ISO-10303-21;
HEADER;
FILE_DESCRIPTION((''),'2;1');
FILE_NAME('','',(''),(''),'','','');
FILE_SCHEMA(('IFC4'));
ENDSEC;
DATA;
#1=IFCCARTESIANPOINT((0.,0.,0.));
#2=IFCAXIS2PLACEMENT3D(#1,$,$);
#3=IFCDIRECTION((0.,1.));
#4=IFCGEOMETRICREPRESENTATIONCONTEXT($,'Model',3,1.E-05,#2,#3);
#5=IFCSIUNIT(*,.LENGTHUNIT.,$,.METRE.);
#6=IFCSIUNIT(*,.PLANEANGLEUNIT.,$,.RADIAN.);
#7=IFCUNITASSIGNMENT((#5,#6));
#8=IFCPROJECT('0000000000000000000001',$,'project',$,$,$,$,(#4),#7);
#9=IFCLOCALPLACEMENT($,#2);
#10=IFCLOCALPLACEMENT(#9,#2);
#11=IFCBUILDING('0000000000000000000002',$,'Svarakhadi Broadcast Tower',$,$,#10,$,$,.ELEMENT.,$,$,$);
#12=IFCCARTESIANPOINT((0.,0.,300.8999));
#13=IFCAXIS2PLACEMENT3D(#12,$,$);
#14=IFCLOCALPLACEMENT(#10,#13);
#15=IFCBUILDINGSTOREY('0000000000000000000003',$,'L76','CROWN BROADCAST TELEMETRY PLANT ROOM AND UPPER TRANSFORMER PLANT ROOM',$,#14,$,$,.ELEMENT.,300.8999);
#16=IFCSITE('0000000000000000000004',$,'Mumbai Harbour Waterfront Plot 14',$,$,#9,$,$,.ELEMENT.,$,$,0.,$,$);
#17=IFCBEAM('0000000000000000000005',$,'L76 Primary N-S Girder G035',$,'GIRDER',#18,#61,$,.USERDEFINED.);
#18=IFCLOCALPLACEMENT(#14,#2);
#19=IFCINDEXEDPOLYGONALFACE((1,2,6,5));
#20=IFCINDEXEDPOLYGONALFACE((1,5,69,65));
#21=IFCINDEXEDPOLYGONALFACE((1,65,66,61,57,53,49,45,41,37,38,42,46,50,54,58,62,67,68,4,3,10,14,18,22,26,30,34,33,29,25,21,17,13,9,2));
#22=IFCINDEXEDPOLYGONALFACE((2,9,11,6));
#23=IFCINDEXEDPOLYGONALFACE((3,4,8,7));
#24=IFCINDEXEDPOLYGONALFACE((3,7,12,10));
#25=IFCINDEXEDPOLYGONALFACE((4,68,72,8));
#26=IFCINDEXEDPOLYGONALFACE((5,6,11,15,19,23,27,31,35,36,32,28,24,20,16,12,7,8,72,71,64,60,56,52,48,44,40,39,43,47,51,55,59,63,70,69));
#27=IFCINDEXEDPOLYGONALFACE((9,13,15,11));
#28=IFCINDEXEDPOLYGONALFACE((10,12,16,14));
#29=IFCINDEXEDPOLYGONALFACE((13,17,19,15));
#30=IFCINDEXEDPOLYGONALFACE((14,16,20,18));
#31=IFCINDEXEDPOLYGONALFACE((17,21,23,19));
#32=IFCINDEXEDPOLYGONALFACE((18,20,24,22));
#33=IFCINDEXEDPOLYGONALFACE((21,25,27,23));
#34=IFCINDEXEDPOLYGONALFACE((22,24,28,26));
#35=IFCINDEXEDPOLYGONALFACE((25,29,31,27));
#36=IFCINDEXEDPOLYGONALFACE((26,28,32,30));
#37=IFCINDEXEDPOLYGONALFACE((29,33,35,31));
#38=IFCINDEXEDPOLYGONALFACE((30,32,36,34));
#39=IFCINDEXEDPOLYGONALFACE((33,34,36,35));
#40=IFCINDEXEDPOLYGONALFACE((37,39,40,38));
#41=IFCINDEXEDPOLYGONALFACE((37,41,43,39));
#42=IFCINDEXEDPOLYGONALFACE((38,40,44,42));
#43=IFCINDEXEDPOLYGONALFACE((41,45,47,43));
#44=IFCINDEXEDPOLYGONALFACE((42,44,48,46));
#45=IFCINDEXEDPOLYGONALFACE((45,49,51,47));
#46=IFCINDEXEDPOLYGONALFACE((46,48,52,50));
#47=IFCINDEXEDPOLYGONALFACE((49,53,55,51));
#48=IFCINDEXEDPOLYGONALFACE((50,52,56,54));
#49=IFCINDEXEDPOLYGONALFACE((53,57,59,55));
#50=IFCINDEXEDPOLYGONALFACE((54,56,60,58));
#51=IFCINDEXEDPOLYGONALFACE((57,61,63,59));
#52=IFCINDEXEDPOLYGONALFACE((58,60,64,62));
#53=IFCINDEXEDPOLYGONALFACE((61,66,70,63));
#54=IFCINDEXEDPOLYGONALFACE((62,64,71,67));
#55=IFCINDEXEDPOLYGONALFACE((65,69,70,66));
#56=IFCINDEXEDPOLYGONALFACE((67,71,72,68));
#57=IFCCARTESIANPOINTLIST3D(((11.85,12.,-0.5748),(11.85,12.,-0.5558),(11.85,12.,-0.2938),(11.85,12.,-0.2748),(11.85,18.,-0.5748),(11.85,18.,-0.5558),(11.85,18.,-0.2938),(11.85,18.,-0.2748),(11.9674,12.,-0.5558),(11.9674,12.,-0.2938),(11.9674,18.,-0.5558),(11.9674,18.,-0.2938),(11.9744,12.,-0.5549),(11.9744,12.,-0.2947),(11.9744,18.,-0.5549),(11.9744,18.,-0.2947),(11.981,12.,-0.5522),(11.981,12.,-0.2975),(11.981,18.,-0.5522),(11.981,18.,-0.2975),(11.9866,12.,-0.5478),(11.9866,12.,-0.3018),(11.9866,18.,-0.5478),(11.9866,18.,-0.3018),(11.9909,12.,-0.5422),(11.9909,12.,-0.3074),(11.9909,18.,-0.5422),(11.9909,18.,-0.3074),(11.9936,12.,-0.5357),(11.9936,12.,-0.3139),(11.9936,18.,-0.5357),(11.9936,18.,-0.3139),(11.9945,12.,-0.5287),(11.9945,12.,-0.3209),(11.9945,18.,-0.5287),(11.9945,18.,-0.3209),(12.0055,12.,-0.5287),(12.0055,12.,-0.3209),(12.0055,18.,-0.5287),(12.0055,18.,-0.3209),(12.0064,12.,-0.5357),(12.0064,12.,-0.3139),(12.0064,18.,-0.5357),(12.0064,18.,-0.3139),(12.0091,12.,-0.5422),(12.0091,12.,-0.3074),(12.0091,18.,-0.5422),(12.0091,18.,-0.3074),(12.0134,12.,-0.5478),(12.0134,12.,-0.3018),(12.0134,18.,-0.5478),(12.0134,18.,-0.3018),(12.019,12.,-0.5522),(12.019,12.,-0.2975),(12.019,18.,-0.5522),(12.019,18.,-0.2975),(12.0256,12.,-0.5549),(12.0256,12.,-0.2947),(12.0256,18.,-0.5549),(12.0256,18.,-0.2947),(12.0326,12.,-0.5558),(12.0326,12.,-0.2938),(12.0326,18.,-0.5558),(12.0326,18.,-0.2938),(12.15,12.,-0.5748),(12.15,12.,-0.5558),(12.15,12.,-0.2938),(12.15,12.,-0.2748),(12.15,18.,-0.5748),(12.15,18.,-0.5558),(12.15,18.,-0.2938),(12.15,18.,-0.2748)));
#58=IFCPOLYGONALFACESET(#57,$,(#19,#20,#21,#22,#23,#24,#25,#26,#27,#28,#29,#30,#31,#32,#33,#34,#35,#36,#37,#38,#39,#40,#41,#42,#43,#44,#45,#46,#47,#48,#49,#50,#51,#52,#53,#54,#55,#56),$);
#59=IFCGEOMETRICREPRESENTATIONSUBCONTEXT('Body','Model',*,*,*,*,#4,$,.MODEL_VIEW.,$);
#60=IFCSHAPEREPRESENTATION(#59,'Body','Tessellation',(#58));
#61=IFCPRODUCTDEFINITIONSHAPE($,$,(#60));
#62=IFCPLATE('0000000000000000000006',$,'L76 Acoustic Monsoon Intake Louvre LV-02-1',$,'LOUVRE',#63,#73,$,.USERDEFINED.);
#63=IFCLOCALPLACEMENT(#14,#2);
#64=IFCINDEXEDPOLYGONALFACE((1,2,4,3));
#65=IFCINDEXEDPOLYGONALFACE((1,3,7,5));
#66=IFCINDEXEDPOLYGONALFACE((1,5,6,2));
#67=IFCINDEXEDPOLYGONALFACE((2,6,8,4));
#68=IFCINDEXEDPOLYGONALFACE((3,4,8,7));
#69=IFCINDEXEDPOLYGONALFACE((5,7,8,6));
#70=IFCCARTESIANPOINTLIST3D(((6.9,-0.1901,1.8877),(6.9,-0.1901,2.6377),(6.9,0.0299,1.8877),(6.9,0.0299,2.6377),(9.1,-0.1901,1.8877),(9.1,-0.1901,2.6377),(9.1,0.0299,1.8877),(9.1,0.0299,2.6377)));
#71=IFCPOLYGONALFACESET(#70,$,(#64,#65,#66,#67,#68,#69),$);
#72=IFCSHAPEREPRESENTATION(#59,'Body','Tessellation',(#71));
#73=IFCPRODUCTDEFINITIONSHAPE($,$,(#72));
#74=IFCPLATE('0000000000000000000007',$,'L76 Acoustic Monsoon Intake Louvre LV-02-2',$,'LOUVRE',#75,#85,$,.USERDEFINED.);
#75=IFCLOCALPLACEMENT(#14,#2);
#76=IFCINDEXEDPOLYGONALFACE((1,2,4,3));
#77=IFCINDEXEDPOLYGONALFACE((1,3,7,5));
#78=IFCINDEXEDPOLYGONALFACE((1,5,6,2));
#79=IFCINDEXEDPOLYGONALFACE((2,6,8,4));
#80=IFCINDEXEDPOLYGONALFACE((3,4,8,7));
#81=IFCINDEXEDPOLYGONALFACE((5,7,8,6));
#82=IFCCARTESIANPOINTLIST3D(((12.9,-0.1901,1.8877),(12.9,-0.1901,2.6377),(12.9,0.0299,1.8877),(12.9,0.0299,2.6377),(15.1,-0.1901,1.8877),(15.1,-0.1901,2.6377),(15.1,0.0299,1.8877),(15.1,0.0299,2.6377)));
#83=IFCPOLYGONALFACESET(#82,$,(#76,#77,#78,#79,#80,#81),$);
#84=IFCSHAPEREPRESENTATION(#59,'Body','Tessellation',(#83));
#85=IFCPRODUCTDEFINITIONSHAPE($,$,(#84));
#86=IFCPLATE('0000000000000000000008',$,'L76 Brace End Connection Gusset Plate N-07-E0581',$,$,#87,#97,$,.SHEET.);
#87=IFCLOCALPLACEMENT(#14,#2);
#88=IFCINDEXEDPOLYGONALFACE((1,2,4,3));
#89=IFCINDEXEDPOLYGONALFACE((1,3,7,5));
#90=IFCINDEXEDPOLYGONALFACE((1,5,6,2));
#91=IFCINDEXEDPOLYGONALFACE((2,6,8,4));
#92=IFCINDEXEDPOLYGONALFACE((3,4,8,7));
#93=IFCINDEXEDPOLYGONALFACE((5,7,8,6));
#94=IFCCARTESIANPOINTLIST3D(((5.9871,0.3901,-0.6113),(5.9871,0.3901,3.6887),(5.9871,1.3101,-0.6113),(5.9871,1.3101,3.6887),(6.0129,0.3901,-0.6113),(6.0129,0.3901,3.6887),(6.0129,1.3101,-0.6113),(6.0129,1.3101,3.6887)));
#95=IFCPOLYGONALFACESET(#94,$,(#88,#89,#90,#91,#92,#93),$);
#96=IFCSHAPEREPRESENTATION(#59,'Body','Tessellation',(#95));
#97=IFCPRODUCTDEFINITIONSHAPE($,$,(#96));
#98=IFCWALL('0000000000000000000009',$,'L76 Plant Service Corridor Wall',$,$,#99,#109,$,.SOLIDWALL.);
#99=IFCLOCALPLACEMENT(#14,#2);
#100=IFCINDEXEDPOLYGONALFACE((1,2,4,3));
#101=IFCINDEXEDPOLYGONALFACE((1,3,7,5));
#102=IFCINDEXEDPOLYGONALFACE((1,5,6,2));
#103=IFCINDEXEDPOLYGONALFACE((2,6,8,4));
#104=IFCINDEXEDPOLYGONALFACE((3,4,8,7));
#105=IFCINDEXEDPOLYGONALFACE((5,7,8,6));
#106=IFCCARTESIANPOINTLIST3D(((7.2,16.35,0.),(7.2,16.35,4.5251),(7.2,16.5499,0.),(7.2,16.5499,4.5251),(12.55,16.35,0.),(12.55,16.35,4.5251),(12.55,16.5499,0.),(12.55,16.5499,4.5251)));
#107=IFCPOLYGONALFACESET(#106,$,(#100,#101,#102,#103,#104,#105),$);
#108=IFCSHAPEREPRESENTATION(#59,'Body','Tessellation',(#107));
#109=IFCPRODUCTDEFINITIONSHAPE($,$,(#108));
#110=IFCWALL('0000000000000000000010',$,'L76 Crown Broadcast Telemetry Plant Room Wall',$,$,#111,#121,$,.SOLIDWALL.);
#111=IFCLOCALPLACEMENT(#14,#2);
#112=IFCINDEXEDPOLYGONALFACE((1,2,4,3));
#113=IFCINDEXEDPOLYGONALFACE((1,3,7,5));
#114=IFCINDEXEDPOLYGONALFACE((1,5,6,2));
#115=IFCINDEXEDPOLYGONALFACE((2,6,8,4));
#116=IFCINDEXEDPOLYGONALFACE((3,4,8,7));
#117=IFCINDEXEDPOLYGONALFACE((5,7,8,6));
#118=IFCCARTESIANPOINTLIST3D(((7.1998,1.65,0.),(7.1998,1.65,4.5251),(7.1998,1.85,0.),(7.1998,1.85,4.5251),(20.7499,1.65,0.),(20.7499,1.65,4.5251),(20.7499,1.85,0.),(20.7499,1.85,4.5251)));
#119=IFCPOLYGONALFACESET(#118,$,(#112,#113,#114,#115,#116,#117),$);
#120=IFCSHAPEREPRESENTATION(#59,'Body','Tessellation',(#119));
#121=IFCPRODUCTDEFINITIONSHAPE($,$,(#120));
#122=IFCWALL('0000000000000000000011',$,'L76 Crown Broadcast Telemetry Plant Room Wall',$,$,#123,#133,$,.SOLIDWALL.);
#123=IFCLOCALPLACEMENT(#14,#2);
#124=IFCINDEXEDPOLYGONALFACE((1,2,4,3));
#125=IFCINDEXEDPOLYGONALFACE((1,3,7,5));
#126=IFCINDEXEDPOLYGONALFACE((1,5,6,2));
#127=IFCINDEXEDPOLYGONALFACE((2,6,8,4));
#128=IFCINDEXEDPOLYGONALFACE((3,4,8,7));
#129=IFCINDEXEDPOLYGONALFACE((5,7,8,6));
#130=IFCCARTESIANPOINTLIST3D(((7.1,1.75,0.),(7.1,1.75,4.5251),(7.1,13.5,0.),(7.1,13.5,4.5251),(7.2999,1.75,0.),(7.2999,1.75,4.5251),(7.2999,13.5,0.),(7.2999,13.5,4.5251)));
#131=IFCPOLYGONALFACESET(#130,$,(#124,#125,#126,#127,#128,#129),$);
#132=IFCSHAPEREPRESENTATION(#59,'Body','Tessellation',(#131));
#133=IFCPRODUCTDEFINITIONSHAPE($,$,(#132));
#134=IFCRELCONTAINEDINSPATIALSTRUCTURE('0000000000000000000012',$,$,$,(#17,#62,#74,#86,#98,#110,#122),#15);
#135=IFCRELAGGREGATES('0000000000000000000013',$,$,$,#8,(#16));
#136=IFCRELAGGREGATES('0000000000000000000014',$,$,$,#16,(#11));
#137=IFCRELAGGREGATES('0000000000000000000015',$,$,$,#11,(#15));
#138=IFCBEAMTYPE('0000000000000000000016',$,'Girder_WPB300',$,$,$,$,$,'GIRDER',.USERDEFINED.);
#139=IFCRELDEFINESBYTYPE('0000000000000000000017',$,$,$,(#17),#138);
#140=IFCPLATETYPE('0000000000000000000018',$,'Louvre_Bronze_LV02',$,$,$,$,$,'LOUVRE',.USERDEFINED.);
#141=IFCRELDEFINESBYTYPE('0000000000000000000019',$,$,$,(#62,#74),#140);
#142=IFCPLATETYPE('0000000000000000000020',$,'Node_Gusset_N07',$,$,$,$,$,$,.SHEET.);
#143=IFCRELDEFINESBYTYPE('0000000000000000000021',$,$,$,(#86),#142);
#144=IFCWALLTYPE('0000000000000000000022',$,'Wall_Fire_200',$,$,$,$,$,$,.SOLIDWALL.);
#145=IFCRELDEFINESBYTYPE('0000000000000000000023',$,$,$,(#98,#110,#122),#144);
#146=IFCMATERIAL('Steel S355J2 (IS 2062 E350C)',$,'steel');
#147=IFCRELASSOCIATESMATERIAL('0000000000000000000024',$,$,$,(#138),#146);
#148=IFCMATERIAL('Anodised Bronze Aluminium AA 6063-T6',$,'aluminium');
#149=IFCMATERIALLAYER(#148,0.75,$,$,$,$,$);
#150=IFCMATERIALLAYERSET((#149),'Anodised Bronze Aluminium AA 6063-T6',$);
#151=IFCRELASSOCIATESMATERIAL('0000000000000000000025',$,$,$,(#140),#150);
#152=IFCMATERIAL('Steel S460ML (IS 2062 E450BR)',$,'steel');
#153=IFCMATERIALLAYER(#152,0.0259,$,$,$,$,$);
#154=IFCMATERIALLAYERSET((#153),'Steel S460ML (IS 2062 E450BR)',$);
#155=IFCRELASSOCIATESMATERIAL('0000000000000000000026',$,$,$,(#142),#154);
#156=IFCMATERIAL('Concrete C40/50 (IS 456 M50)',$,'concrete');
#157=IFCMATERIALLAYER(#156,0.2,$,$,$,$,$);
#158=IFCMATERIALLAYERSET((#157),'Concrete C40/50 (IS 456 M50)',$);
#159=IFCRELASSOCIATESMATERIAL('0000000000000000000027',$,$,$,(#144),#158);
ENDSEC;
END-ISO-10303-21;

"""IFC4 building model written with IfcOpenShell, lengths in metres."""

from ifc_helpers import new_model, si_unit, direction, frame, frame_2d, origin, origin_2d, place, context, subcontext, project, spatial, rectangle, i_section, extrude, material, layer, layer_set, material_profile, profile_set, type_object, element, save


model = new_model("IFC4")

# Units and contexts
model_context = context("Model", 3, precision=1e-05, world=origin(), true_north=direction((0.0, 1.0)))
body_context = subcontext(model_context, "Body", "Model", "MODEL_VIEW")
ifc_project = project(units=[si_unit("LENGTHUNIT", "METRE"), si_unit("PLANEANGLEUNIT", "RADIAN")], contexts=[model_context])

# Site, building, storey
site_placement = place(None, origin())
site = spatial("IfcSite", under=ifc_project, at=site_placement, Name="Mumbai Harbour Waterfront Plot 14", CompositionType="ELEMENT", RefElevation=0.0)
building_placement = place(site_placement, origin())
building = spatial("IfcBuilding", under=site, at=building_placement, Name="Svarakhadi Broadcast Tower", CompositionType="ELEMENT")
storey_placement = place(building_placement, frame((0.0, 0.0, 300.8999)))
storey = spatial("IfcBuildingStorey", under=building, at=storey_placement, Name="L76", Description="CROWN BROADCAST TELEMETRY PLANT ROOM AND UPPER TRANSFORMER PLANT ROOM", CompositionType="ELEMENT", Elevation=300.8999)

# Shared definitions
ifc_material_1 = material(Name="Steel S460ML (IS 2062 E450BR)", Category="steel")

# Beam
ifc_material_2 = material(Name="Steel S355J2 (IS 2062 E350C)", Category="steel")
ifc_material_profile_1 = material_profile(ifc_material_2, i_section(OverallWidth=0.3, OverallDepth=0.3, WebThickness=0.011, FlangeThickness=0.019, FilletRadius=0.0271, at=origin_2d()), Name="WPB 300x300x117")
ifc_profile_set_1 = profile_set([ifc_material_profile_1], Name="Steel S355J2 (IS 2062 E350C)")
beam_type_1 = type_object("IfcBeamType", Name="Girder_WPB300", ElementType="GIRDER", PredefinedType="USERDEFINED", material=ifc_profile_set_1)
for number, where, z_axis, x_axis, name in (
    (1, (12.0, 12.0, -0.4248), (0.0, 1.0, 0.0), (-1.0, 0.0, 0.0), "L76 Primary N-S Girder G035"),
):
    element("IfcBeam", number, at=place(storey_placement, frame(where, z_axis=z_axis, x_axis=x_axis)), inside=storey, type_object=beam_type_1, Name=name, ObjectType="GIRDER", PredefinedType="USERDEFINED", context=body_context, shape_type="SweptSolid", body=[
        extrude(i_section(OverallWidth=0.3, OverallDepth=0.3, WebThickness=0.011, FlangeThickness=0.019, FilletRadius=0.0271, at=origin_2d()), origin(), (0.0, 0.0, 1.0), 6.0),
    ])

# Plates
ifc_material_3 = material(Name="Anodised Bronze Aluminium AA 6063-T6", Category="aluminium")
ifc_layer_1 = layer(ifc_material_3, 0.75)
ifc_layer_set_1 = layer_set([ifc_layer_1], Name="Anodised Bronze Aluminium AA 6063-T6")
plate_type_1 = type_object("IfcPlateType", Name="Louvre_Bronze_LV02", ElementType="LOUVRE", PredefinedType="USERDEFINED", material=ifc_layer_set_1)
for number, where, z_axis, x_axis, name in (
    (2, (8.0, -0.0801, 1.8877), (0.0, 0.0, 1.0), (1.0, 0.0, 0.0), "L76 Acoustic Monsoon Intake Louvre LV-02-1"),
    (3, (14.0, -0.0801, 1.8877), (0.0, 0.0, 1.0), (1.0, 0.0, 0.0), "L76 Acoustic Monsoon Intake Louvre LV-02-2"),
):
    element("IfcPlate", number, at=place(storey_placement, frame(where, z_axis=z_axis, x_axis=x_axis)), inside=storey, type_object=plate_type_1, Name=name, ObjectType="LOUVRE", PredefinedType="USERDEFINED", context=body_context, shape_type="SweptSolid", body=[
        extrude(rectangle(XDim=2.2, YDim=0.22, at=origin_2d()), origin(), (0.0, 0.0, 1.0), 0.75),
    ])
ifc_layer_2 = layer(ifc_material_1, 0.0259)
ifc_layer_set_2 = layer_set([ifc_layer_2], Name="Steel S460ML (IS 2062 E450BR)")
plate_type_2 = type_object("IfcPlateType", Name="Node_Gusset_N07", PredefinedType="SHEET", material=ifc_layer_set_2)
plate_placement = place(storey_placement, frame((6.0, 0.8501, -0.6113), z_axis=(0.0, 0.0, 1.0), x_axis=(0.0, 1.0, 0.0)))
element("IfcPlate", 4, at=plate_placement, inside=storey, type_object=plate_type_2, Name="L76 Brace End Connection Gusset Plate N-07-E0581", PredefinedType="SHEET", context=body_context, shape_type="SweptSolid", body=[
    extrude(rectangle(XDim=0.9199, YDim=0.0259, at=origin_2d()), origin(), (0.0, 0.0, 1.0), 4.3),
])

# Shared definitions
ifc_material_4 = material(Name="Concrete C40/50 (IS 456 M50)", Category="concrete")
ifc_layer_3 = layer(ifc_material_4, 0.2)
ifc_layer_set_3 = layer_set([ifc_layer_3], Name="Concrete C40/50 (IS 456 M50)")
wall_type = type_object("IfcWallType", Name="Wall_Fire_200", PredefinedType="SOLIDWALL", material=ifc_layer_set_3)

# Walls
wall_1_placement = place(storey_placement, frame((7.2, 16.45, 0.0), z_axis=(0.0, 0.0, 1.0), x_axis=(1.0, 0.0, 0.0)))
element("IfcWall", 5, at=wall_1_placement, inside=storey, type_object=wall_type, Name="L76 Plant Service Corridor Wall", PredefinedType="SOLIDWALL", context=body_context, shape_type="SweptSolid", body=[
    extrude(rectangle(XDim=5.3501, YDim=0.2, at=frame_2d((2.675, 0.0))), origin(), (0.0, 0.0, 1.0), 4.5251),
])
wall_2_placement = place(storey_placement, frame((7.2, 1.75, 0.0), z_axis=(0.0, 0.0, 1.0), x_axis=(1.0, 0.0, 0.0)))
element("IfcWall", 6, at=wall_2_placement, inside=storey, type_object=wall_type, Name="L76 Crown Broadcast Telemetry Plant Room Wall", PredefinedType="SOLIDWALL", context=body_context, shape_type="SweptSolid", body=[
    extrude(rectangle(XDim=13.55, YDim=0.2, at=frame_2d((6.7749, 0.0))), origin(), (0.0, 0.0, 1.0), 4.5251),
])
wall_3_placement = place(storey_placement, frame((7.2, 1.75, 0.0), z_axis=(0.0, 0.0, 1.0), x_axis=(0.0, 1.0, 0.0)))
element("IfcWall", 7, at=wall_3_placement, inside=storey, type_object=wall_type, Name="L76 Crown Broadcast Telemetry Plant Room Wall", PredefinedType="SOLIDWALL", context=body_context, shape_type="SweptSolid", body=[
    extrude(rectangle(XDim=11.75, YDim=0.2, at=frame_2d((5.875, 0.0))), origin(), (0.0, 0.0, 1.0), 4.5251),
])

save(model, "model.ifc")
